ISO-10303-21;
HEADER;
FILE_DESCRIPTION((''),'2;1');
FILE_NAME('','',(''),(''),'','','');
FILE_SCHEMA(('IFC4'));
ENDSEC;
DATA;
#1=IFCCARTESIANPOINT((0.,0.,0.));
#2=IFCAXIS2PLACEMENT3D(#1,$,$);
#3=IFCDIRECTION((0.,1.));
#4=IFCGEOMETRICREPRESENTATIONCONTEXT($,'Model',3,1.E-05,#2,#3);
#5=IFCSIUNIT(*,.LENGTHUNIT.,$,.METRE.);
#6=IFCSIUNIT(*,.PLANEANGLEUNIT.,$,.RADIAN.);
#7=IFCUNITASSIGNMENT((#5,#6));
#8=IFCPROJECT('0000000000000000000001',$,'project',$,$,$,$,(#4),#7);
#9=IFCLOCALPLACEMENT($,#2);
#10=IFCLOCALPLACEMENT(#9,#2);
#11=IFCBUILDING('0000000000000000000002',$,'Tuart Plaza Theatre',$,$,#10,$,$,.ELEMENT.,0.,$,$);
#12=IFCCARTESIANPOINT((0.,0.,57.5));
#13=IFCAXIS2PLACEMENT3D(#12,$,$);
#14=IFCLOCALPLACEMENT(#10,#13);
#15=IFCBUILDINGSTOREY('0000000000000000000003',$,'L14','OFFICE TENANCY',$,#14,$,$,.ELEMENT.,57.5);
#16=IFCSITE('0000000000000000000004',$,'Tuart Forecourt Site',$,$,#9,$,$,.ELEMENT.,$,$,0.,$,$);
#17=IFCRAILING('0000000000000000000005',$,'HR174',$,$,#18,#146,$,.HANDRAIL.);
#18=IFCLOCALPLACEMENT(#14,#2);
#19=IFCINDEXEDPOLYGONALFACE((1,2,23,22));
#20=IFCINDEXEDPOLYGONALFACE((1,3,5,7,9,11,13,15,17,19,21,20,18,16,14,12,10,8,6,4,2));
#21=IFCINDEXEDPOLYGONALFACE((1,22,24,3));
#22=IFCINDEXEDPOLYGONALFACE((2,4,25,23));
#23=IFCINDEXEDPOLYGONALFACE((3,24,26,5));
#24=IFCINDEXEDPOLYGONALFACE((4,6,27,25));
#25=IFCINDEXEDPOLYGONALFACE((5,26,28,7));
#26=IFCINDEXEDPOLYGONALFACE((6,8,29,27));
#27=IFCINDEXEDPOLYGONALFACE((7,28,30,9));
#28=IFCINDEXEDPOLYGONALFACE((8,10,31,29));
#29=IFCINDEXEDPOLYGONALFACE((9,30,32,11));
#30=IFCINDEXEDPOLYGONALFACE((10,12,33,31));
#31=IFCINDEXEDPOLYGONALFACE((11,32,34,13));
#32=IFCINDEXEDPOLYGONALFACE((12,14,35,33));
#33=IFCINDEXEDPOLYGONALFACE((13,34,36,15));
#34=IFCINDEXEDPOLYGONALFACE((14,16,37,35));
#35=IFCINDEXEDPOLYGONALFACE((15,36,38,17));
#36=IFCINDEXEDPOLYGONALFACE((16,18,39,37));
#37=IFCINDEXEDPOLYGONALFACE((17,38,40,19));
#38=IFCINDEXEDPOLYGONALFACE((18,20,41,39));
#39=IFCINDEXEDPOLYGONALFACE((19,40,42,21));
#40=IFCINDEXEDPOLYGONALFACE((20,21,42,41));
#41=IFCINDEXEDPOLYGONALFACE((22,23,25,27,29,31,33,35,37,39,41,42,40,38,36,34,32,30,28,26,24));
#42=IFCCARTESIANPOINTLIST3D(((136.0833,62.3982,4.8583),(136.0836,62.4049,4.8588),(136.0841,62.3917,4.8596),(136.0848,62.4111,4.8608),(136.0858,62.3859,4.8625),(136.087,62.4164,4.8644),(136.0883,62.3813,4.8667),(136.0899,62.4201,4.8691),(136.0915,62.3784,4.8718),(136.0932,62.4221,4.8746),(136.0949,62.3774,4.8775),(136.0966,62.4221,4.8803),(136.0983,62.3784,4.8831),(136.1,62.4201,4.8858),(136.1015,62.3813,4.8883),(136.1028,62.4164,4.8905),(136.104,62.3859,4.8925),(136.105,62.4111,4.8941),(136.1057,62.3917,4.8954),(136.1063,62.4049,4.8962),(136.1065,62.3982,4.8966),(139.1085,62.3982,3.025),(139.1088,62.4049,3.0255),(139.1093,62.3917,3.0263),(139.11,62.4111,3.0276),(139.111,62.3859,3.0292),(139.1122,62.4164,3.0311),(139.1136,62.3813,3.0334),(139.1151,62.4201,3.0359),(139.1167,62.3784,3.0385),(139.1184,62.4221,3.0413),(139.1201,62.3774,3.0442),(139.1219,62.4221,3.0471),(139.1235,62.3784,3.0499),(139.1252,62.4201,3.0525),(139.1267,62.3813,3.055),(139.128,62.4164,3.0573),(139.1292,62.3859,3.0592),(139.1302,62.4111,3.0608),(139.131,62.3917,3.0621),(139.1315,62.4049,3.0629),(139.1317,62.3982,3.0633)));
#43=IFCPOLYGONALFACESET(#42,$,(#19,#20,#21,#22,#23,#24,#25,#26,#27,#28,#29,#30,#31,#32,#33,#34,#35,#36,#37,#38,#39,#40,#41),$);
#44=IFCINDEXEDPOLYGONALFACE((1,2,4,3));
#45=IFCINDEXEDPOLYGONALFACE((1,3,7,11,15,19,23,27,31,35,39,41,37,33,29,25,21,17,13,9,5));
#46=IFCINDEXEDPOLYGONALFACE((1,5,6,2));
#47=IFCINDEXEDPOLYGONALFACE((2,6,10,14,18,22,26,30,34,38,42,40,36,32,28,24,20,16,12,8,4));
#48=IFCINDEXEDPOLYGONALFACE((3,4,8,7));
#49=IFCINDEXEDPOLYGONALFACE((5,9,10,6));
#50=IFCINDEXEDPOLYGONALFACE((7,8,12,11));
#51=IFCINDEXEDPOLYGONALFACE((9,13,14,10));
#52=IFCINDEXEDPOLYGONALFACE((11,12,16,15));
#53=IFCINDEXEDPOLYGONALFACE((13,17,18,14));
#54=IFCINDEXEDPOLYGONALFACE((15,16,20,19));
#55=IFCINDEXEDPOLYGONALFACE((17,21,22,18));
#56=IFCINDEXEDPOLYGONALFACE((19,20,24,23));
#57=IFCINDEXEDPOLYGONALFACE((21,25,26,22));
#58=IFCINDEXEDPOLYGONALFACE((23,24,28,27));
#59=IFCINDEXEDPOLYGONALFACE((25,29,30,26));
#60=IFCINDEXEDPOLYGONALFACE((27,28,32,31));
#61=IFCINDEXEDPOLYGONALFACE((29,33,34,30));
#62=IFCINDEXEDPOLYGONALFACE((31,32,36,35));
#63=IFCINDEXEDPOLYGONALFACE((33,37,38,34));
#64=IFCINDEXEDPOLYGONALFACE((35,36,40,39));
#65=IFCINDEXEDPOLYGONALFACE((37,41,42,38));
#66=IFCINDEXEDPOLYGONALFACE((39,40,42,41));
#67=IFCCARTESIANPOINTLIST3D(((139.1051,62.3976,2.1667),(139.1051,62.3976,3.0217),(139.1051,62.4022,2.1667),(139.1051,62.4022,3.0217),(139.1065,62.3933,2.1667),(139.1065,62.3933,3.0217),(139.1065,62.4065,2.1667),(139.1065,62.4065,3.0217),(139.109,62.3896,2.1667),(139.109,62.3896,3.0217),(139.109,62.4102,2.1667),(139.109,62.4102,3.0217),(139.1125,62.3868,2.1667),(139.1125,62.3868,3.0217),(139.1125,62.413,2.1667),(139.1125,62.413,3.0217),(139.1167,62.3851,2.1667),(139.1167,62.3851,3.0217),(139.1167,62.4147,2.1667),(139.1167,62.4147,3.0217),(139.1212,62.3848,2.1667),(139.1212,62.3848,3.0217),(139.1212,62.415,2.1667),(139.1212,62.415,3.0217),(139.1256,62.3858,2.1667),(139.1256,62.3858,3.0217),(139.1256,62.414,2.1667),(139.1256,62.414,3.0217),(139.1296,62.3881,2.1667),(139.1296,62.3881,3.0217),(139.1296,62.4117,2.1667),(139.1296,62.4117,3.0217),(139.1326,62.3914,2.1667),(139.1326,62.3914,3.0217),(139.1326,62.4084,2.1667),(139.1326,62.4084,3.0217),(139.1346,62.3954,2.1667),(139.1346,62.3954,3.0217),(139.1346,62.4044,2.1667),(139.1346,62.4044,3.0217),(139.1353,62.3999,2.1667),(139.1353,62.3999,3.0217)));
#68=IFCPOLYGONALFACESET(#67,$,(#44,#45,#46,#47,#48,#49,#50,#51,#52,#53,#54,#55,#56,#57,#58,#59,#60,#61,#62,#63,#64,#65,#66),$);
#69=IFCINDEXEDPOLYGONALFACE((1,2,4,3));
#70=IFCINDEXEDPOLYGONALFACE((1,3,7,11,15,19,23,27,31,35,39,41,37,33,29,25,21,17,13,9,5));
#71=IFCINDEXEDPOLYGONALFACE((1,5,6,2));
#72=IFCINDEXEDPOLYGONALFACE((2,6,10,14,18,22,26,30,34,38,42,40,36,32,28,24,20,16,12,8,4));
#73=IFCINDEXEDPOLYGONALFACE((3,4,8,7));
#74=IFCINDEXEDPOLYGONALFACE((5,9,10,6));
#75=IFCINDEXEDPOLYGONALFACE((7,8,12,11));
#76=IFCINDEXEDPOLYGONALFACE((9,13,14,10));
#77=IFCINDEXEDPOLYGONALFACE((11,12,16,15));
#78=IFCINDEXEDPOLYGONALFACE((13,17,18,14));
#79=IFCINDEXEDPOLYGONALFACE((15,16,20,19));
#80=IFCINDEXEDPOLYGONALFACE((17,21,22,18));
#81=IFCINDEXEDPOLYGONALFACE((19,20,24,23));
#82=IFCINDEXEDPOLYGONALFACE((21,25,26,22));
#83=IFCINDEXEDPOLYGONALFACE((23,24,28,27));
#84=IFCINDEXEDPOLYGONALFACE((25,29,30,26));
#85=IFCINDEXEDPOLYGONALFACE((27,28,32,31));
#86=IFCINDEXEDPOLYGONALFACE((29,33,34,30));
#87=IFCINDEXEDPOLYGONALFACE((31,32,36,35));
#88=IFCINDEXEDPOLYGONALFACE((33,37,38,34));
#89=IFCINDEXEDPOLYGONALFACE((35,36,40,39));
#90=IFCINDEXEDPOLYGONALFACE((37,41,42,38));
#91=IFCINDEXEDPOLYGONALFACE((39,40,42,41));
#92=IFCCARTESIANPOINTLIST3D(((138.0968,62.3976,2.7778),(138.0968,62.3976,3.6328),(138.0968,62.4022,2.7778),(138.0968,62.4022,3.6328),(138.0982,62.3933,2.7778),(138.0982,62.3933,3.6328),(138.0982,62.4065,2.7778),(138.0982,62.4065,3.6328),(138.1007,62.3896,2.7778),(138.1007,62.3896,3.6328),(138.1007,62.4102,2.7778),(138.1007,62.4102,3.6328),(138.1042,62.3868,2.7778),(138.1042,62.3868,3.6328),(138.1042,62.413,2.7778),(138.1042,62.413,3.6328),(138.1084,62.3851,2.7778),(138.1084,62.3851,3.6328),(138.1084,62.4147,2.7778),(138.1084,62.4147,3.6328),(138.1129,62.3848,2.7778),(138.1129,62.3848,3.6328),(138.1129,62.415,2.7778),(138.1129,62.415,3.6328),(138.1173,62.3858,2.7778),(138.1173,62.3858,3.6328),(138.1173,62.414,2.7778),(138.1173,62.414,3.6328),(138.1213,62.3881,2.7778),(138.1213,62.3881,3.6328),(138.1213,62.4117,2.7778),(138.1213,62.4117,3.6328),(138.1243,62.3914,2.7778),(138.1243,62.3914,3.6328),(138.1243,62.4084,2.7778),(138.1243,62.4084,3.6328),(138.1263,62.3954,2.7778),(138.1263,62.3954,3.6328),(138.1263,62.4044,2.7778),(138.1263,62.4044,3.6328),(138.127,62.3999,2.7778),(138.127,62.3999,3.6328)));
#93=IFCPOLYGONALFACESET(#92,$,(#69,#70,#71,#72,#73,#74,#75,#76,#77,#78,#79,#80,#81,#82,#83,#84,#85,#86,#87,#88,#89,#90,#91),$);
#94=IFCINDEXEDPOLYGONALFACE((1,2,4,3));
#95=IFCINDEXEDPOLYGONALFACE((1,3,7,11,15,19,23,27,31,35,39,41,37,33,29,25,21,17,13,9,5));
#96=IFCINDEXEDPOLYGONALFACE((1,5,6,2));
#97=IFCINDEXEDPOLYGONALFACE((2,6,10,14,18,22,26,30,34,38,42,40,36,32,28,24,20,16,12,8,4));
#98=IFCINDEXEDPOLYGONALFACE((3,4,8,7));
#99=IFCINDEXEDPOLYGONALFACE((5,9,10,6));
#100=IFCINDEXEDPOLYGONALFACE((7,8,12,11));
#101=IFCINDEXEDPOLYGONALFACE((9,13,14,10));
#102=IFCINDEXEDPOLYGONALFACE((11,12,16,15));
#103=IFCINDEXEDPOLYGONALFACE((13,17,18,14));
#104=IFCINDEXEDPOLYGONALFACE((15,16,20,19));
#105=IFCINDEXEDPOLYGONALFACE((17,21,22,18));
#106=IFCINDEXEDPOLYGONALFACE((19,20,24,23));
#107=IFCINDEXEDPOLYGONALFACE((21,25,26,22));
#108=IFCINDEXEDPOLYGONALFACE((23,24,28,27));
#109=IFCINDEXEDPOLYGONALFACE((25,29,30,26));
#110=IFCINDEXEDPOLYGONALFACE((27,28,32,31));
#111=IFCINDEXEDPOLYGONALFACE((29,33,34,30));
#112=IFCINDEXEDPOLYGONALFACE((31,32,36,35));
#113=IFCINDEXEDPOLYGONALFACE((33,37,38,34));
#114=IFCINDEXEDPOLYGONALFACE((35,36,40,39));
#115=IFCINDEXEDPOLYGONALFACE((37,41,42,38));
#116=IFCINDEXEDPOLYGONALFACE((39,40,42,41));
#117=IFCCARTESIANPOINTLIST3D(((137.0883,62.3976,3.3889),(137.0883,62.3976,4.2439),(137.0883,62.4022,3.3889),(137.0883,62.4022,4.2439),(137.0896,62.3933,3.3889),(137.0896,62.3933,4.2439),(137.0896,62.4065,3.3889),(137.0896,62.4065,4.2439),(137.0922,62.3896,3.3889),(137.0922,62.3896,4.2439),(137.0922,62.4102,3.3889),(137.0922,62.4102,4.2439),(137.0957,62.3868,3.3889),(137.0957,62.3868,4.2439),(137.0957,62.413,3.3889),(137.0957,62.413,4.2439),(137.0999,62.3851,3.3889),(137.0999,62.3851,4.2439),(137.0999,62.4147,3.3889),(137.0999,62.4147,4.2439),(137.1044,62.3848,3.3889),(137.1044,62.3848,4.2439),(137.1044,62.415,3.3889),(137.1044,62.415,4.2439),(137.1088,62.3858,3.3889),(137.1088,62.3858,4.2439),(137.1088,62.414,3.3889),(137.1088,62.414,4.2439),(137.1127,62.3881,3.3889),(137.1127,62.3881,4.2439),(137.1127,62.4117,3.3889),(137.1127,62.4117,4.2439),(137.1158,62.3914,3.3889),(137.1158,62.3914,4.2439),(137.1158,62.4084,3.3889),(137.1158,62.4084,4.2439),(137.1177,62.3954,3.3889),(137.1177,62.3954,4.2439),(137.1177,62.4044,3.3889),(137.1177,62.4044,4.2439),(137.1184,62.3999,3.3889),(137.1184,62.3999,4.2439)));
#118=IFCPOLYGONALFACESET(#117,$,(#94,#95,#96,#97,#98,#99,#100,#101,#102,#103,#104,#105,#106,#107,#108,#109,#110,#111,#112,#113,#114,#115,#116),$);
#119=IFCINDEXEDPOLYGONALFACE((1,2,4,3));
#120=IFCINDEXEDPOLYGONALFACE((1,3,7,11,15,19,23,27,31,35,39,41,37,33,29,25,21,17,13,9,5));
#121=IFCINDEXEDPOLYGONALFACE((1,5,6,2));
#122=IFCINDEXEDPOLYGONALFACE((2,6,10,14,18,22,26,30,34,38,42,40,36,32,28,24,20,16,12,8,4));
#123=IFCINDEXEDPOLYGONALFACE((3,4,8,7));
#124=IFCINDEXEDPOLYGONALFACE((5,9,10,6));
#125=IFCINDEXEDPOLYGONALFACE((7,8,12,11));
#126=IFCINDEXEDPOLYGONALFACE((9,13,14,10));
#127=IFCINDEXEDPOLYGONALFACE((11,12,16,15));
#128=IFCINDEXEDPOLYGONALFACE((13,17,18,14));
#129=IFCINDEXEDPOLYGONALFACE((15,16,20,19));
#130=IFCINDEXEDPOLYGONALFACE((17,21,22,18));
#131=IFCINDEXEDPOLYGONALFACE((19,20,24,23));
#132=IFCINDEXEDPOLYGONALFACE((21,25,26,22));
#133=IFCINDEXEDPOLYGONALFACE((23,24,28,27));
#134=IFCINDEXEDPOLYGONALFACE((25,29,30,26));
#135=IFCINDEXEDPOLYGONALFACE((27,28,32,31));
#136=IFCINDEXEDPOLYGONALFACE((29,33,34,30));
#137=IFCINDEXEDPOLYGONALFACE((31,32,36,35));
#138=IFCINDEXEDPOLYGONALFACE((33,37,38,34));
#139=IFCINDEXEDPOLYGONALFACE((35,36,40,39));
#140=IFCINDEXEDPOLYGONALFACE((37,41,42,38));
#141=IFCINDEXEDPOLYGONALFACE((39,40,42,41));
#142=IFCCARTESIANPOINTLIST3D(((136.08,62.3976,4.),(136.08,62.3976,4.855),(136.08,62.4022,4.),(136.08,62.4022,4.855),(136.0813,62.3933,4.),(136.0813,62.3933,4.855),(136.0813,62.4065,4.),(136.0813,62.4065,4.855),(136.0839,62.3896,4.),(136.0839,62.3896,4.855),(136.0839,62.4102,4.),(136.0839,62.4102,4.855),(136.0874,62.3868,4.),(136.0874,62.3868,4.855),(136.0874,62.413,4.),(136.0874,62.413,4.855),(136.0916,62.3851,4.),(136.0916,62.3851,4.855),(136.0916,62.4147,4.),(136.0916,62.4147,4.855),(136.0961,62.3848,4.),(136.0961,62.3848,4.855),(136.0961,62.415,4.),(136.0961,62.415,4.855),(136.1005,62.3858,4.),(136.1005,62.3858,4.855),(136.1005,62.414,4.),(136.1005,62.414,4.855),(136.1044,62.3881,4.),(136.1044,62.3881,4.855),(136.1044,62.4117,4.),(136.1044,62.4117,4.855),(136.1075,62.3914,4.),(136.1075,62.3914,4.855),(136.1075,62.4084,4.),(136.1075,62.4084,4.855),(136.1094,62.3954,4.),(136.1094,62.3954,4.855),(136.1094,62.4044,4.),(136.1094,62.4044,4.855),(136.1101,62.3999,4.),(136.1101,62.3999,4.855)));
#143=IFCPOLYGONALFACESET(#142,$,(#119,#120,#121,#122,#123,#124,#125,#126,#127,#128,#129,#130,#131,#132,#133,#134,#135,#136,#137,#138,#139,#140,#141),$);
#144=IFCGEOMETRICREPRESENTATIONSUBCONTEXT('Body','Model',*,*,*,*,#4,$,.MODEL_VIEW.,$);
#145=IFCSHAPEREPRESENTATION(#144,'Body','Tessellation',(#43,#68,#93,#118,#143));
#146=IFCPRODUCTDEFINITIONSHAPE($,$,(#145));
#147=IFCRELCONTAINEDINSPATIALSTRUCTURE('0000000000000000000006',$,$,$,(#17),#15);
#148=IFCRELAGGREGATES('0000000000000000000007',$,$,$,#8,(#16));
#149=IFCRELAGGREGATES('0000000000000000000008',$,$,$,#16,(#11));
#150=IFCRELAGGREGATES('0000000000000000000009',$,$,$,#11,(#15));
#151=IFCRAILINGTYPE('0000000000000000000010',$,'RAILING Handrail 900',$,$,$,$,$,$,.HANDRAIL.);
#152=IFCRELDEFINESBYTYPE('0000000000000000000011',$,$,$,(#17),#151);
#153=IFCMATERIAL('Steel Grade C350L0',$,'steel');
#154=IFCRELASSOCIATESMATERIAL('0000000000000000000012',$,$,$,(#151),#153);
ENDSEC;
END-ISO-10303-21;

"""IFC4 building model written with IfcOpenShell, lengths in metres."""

from ifc_helpers import new_model, si_unit, direction, frame, origin, origin_2d, place, context, subcontext, project, spatial, circle, extrude, material, type_object, element, save


model = new_model("IFC4")

# Units and contexts
model_context = context("Model", 3, precision=1e-05, world=origin(), true_north=direction((0.0, 1.0)))
body_context = subcontext(model_context, "Body", "Model", "MODEL_VIEW")
ifc_project = project(units=[si_unit("LENGTHUNIT", "METRE"), si_unit("PLANEANGLEUNIT", "RADIAN")], contexts=[model_context])

# Site, building, storey
site_placement = place(None, origin())
site = spatial("IfcSite", under=ifc_project, at=site_placement, Name="Tuart Forecourt Site", CompositionType="ELEMENT", RefElevation=0.0)
building_placement = place(site_placement, origin())
building = spatial("IfcBuilding", under=site, at=building_placement, Name="Tuart Plaza Theatre", CompositionType="ELEMENT", ElevationOfRefHeight=0.0)
storey_placement = place(building_placement, frame((0.0, 0.0, 57.5)))
storey = spatial("IfcBuildingStorey", under=building, at=storey_placement, Name="L14", Description="OFFICE TENANCY", CompositionType="ELEMENT", Elevation=57.5)

# Railing
ifc_material_1 = material(Name="Steel Grade C350L0", Category="steel")
railing_type_1 = type_object("IfcRailingType", Name="RAILING Handrail 900", PredefinedType="HANDRAIL", material=ifc_material_1)
for number, where, name in (
    (1, (139.1201, 62.3999, 2.1667), "HR174"),
):
    element("IfcRailing", number, at=place(storey_placement, frame(where)), inside=storey, type_object=railing_type_1, Name=name, PredefinedType="HANDRAIL", context=body_context, shape_type="SweptSolid", body=[
        extrude(circle(Radius=0.0225, at=origin_2d()), frame((0.0, 0.0, 0.8774), z_axis=(-0.855219, 0.0, 0.518267), x_axis=(0.0, -1.0, 0.0)), (0.0, 0.0, 1.0), 3.5374),
        extrude(circle(Radius=0.0151, at=origin_2d()), origin(), (0.0, 0.0, 1.0), 0.855),
        extrude(circle(Radius=0.0151, at=origin_2d()), frame((-1.0083, 0.0, 0.6111)), (0.0, 0.0, 1.0), 0.855),
        extrude(circle(Radius=0.0151, at=origin_2d()), frame((-2.0168, 0.0, 1.2222)), (0.0, 0.0, 1.0), 0.855),
        extrude(circle(Radius=0.0151, at=origin_2d()), frame((-3.0251, 0.0, 1.8333)), (0.0, 0.0, 1.0), 0.855),
    ])

save(model, "model.ifc")
